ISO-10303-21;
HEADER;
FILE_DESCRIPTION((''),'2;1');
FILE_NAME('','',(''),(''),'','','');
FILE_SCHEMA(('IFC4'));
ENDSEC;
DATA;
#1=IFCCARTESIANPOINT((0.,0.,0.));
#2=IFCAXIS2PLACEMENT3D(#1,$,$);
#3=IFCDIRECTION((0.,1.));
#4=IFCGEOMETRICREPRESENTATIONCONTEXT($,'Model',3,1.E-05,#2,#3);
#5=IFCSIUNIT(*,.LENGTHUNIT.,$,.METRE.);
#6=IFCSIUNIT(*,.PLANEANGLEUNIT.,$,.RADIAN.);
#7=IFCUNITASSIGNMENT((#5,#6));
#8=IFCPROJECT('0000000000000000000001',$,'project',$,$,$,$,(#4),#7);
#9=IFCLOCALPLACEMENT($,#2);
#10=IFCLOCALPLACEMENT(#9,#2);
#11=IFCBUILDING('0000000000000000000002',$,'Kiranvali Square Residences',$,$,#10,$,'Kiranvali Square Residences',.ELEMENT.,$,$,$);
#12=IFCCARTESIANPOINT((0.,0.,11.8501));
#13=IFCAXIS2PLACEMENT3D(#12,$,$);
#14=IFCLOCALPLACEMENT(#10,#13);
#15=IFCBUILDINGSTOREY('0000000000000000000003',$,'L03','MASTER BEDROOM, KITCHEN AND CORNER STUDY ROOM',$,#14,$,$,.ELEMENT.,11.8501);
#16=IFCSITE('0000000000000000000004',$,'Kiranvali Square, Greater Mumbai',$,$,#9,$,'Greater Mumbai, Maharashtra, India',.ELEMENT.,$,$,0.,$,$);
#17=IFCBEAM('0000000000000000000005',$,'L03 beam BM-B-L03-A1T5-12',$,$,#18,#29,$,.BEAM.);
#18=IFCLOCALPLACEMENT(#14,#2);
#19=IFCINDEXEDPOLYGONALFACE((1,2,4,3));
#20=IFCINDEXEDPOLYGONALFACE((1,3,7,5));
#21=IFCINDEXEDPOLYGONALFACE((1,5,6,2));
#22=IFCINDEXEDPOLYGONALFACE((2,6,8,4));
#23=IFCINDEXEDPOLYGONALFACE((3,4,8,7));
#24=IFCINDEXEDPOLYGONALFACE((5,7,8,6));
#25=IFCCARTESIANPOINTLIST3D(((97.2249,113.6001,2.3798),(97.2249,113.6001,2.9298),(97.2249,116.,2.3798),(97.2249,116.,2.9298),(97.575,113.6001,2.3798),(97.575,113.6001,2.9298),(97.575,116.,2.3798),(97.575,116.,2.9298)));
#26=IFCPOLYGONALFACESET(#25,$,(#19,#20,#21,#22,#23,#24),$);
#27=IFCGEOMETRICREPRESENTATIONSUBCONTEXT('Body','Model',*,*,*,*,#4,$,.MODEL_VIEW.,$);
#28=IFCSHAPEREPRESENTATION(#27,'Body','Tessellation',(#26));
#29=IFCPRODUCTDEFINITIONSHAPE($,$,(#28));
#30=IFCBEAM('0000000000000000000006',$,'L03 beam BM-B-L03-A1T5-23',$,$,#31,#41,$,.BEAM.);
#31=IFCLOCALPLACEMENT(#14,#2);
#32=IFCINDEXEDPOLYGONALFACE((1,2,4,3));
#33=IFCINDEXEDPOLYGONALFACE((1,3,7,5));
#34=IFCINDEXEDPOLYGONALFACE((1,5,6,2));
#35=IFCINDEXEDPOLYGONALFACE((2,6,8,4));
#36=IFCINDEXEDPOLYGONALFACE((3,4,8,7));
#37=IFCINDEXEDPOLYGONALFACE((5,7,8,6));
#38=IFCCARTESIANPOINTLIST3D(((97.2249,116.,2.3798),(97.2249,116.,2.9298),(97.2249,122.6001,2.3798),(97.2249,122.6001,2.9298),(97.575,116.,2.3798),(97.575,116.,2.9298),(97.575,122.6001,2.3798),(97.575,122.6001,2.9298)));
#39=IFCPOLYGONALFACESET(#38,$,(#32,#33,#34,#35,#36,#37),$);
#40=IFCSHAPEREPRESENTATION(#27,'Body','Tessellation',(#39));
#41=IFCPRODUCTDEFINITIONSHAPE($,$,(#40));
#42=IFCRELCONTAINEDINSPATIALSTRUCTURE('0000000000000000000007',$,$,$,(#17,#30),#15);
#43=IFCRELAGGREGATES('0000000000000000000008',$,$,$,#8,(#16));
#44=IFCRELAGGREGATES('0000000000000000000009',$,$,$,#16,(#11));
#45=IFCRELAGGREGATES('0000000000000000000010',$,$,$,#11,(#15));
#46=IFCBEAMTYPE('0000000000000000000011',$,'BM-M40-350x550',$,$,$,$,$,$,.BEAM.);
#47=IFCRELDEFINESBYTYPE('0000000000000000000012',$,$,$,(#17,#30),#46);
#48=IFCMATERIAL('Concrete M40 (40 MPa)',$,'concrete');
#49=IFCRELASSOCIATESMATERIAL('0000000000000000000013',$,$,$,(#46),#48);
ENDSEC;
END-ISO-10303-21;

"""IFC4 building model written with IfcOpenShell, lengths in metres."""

from ifc_helpers import new_model, si_unit, direction, frame, origin, origin_2d, place, context, subcontext, project, spatial, rectangle, extrude, material, material_profile, profile_set, type_object, element, save


model = new_model("IFC4")

# Units and contexts
model_context = context("Model", 3, precision=1e-05, world=origin(), true_north=direction((0.0, 1.0)))
body_context = subcontext(model_context, "Body", "Model", "MODEL_VIEW")
ifc_project = project(units=[si_unit("LENGTHUNIT", "METRE"), si_unit("PLANEANGLEUNIT", "RADIAN")], contexts=[model_context])

# Site, building, storey
site_placement = place(None, origin())
site = spatial("IfcSite", under=ifc_project, at=site_placement, Name="Kiranvali Square, Greater Mumbai", LongName="Greater Mumbai, Maharashtra, India", CompositionType="ELEMENT", RefElevation=0.0)
building_placement = place(site_placement, origin())
building = spatial("IfcBuilding", under=site, at=building_placement, Name="Kiranvali Square Residences", LongName="Kiranvali Square Residences", CompositionType="ELEMENT")
storey_placement = place(building_placement, frame((0.0, 0.0, 11.8501)))
storey = spatial("IfcBuildingStorey", under=building, at=storey_placement, Name="L03", Description="MASTER BEDROOM, KITCHEN AND CORNER STUDY ROOM", CompositionType="ELEMENT", Elevation=11.8501)

# Beams
ifc_material_1 = material(Name="Concrete M40 (40 MPa)", Category="concrete")
ifc_material_profile_1 = material_profile(ifc_material_1, rectangle(XDim=0.3501, YDim=0.55, at=origin_2d()), Name="RC 350x550")
ifc_profile_set_1 = profile_set([ifc_material_profile_1], Name="Concrete M40 (40 MPa)")
beam_type = type_object("IfcBeamType", Name="BM-M40-350x550", PredefinedType="BEAM", material=ifc_profile_set_1)
beam_1_placement = place(storey_placement, frame((97.3999, 113.6001, 2.6548), z_axis=(0.0, 1.0, 0.0), x_axis=(-1.0, 0.0, 0.0)))
element("IfcBeam", 1, at=beam_1_placement, inside=storey, type_object=beam_type, Name="L03 beam BM-B-L03-A1T5-12", PredefinedType="BEAM", context=body_context, shape_type="SweptSolid", body=[
    extrude(rectangle(XDim=0.3501, YDim=0.55, at=origin_2d()), origin(), (0.0, 0.0, 1.0), 2.3999),
])
beam_2_placement = place(storey_placement, frame((97.3999, 116.0, 2.6548), z_axis=(0.0, 1.0, 0.0), x_axis=(-1.0, 0.0, 0.0)))
element("IfcBeam", 2, at=beam_2_placement, inside=storey, type_object=beam_type, Name="L03 beam BM-B-L03-A1T5-23", PredefinedType="BEAM", context=body_context, shape_type="SweptSolid", body=[
    extrude(rectangle(XDim=0.3501, YDim=0.55, at=origin_2d()), origin(), (0.0, 0.0, 1.0), 6.6001),
])

save(model, "model.ifc")
